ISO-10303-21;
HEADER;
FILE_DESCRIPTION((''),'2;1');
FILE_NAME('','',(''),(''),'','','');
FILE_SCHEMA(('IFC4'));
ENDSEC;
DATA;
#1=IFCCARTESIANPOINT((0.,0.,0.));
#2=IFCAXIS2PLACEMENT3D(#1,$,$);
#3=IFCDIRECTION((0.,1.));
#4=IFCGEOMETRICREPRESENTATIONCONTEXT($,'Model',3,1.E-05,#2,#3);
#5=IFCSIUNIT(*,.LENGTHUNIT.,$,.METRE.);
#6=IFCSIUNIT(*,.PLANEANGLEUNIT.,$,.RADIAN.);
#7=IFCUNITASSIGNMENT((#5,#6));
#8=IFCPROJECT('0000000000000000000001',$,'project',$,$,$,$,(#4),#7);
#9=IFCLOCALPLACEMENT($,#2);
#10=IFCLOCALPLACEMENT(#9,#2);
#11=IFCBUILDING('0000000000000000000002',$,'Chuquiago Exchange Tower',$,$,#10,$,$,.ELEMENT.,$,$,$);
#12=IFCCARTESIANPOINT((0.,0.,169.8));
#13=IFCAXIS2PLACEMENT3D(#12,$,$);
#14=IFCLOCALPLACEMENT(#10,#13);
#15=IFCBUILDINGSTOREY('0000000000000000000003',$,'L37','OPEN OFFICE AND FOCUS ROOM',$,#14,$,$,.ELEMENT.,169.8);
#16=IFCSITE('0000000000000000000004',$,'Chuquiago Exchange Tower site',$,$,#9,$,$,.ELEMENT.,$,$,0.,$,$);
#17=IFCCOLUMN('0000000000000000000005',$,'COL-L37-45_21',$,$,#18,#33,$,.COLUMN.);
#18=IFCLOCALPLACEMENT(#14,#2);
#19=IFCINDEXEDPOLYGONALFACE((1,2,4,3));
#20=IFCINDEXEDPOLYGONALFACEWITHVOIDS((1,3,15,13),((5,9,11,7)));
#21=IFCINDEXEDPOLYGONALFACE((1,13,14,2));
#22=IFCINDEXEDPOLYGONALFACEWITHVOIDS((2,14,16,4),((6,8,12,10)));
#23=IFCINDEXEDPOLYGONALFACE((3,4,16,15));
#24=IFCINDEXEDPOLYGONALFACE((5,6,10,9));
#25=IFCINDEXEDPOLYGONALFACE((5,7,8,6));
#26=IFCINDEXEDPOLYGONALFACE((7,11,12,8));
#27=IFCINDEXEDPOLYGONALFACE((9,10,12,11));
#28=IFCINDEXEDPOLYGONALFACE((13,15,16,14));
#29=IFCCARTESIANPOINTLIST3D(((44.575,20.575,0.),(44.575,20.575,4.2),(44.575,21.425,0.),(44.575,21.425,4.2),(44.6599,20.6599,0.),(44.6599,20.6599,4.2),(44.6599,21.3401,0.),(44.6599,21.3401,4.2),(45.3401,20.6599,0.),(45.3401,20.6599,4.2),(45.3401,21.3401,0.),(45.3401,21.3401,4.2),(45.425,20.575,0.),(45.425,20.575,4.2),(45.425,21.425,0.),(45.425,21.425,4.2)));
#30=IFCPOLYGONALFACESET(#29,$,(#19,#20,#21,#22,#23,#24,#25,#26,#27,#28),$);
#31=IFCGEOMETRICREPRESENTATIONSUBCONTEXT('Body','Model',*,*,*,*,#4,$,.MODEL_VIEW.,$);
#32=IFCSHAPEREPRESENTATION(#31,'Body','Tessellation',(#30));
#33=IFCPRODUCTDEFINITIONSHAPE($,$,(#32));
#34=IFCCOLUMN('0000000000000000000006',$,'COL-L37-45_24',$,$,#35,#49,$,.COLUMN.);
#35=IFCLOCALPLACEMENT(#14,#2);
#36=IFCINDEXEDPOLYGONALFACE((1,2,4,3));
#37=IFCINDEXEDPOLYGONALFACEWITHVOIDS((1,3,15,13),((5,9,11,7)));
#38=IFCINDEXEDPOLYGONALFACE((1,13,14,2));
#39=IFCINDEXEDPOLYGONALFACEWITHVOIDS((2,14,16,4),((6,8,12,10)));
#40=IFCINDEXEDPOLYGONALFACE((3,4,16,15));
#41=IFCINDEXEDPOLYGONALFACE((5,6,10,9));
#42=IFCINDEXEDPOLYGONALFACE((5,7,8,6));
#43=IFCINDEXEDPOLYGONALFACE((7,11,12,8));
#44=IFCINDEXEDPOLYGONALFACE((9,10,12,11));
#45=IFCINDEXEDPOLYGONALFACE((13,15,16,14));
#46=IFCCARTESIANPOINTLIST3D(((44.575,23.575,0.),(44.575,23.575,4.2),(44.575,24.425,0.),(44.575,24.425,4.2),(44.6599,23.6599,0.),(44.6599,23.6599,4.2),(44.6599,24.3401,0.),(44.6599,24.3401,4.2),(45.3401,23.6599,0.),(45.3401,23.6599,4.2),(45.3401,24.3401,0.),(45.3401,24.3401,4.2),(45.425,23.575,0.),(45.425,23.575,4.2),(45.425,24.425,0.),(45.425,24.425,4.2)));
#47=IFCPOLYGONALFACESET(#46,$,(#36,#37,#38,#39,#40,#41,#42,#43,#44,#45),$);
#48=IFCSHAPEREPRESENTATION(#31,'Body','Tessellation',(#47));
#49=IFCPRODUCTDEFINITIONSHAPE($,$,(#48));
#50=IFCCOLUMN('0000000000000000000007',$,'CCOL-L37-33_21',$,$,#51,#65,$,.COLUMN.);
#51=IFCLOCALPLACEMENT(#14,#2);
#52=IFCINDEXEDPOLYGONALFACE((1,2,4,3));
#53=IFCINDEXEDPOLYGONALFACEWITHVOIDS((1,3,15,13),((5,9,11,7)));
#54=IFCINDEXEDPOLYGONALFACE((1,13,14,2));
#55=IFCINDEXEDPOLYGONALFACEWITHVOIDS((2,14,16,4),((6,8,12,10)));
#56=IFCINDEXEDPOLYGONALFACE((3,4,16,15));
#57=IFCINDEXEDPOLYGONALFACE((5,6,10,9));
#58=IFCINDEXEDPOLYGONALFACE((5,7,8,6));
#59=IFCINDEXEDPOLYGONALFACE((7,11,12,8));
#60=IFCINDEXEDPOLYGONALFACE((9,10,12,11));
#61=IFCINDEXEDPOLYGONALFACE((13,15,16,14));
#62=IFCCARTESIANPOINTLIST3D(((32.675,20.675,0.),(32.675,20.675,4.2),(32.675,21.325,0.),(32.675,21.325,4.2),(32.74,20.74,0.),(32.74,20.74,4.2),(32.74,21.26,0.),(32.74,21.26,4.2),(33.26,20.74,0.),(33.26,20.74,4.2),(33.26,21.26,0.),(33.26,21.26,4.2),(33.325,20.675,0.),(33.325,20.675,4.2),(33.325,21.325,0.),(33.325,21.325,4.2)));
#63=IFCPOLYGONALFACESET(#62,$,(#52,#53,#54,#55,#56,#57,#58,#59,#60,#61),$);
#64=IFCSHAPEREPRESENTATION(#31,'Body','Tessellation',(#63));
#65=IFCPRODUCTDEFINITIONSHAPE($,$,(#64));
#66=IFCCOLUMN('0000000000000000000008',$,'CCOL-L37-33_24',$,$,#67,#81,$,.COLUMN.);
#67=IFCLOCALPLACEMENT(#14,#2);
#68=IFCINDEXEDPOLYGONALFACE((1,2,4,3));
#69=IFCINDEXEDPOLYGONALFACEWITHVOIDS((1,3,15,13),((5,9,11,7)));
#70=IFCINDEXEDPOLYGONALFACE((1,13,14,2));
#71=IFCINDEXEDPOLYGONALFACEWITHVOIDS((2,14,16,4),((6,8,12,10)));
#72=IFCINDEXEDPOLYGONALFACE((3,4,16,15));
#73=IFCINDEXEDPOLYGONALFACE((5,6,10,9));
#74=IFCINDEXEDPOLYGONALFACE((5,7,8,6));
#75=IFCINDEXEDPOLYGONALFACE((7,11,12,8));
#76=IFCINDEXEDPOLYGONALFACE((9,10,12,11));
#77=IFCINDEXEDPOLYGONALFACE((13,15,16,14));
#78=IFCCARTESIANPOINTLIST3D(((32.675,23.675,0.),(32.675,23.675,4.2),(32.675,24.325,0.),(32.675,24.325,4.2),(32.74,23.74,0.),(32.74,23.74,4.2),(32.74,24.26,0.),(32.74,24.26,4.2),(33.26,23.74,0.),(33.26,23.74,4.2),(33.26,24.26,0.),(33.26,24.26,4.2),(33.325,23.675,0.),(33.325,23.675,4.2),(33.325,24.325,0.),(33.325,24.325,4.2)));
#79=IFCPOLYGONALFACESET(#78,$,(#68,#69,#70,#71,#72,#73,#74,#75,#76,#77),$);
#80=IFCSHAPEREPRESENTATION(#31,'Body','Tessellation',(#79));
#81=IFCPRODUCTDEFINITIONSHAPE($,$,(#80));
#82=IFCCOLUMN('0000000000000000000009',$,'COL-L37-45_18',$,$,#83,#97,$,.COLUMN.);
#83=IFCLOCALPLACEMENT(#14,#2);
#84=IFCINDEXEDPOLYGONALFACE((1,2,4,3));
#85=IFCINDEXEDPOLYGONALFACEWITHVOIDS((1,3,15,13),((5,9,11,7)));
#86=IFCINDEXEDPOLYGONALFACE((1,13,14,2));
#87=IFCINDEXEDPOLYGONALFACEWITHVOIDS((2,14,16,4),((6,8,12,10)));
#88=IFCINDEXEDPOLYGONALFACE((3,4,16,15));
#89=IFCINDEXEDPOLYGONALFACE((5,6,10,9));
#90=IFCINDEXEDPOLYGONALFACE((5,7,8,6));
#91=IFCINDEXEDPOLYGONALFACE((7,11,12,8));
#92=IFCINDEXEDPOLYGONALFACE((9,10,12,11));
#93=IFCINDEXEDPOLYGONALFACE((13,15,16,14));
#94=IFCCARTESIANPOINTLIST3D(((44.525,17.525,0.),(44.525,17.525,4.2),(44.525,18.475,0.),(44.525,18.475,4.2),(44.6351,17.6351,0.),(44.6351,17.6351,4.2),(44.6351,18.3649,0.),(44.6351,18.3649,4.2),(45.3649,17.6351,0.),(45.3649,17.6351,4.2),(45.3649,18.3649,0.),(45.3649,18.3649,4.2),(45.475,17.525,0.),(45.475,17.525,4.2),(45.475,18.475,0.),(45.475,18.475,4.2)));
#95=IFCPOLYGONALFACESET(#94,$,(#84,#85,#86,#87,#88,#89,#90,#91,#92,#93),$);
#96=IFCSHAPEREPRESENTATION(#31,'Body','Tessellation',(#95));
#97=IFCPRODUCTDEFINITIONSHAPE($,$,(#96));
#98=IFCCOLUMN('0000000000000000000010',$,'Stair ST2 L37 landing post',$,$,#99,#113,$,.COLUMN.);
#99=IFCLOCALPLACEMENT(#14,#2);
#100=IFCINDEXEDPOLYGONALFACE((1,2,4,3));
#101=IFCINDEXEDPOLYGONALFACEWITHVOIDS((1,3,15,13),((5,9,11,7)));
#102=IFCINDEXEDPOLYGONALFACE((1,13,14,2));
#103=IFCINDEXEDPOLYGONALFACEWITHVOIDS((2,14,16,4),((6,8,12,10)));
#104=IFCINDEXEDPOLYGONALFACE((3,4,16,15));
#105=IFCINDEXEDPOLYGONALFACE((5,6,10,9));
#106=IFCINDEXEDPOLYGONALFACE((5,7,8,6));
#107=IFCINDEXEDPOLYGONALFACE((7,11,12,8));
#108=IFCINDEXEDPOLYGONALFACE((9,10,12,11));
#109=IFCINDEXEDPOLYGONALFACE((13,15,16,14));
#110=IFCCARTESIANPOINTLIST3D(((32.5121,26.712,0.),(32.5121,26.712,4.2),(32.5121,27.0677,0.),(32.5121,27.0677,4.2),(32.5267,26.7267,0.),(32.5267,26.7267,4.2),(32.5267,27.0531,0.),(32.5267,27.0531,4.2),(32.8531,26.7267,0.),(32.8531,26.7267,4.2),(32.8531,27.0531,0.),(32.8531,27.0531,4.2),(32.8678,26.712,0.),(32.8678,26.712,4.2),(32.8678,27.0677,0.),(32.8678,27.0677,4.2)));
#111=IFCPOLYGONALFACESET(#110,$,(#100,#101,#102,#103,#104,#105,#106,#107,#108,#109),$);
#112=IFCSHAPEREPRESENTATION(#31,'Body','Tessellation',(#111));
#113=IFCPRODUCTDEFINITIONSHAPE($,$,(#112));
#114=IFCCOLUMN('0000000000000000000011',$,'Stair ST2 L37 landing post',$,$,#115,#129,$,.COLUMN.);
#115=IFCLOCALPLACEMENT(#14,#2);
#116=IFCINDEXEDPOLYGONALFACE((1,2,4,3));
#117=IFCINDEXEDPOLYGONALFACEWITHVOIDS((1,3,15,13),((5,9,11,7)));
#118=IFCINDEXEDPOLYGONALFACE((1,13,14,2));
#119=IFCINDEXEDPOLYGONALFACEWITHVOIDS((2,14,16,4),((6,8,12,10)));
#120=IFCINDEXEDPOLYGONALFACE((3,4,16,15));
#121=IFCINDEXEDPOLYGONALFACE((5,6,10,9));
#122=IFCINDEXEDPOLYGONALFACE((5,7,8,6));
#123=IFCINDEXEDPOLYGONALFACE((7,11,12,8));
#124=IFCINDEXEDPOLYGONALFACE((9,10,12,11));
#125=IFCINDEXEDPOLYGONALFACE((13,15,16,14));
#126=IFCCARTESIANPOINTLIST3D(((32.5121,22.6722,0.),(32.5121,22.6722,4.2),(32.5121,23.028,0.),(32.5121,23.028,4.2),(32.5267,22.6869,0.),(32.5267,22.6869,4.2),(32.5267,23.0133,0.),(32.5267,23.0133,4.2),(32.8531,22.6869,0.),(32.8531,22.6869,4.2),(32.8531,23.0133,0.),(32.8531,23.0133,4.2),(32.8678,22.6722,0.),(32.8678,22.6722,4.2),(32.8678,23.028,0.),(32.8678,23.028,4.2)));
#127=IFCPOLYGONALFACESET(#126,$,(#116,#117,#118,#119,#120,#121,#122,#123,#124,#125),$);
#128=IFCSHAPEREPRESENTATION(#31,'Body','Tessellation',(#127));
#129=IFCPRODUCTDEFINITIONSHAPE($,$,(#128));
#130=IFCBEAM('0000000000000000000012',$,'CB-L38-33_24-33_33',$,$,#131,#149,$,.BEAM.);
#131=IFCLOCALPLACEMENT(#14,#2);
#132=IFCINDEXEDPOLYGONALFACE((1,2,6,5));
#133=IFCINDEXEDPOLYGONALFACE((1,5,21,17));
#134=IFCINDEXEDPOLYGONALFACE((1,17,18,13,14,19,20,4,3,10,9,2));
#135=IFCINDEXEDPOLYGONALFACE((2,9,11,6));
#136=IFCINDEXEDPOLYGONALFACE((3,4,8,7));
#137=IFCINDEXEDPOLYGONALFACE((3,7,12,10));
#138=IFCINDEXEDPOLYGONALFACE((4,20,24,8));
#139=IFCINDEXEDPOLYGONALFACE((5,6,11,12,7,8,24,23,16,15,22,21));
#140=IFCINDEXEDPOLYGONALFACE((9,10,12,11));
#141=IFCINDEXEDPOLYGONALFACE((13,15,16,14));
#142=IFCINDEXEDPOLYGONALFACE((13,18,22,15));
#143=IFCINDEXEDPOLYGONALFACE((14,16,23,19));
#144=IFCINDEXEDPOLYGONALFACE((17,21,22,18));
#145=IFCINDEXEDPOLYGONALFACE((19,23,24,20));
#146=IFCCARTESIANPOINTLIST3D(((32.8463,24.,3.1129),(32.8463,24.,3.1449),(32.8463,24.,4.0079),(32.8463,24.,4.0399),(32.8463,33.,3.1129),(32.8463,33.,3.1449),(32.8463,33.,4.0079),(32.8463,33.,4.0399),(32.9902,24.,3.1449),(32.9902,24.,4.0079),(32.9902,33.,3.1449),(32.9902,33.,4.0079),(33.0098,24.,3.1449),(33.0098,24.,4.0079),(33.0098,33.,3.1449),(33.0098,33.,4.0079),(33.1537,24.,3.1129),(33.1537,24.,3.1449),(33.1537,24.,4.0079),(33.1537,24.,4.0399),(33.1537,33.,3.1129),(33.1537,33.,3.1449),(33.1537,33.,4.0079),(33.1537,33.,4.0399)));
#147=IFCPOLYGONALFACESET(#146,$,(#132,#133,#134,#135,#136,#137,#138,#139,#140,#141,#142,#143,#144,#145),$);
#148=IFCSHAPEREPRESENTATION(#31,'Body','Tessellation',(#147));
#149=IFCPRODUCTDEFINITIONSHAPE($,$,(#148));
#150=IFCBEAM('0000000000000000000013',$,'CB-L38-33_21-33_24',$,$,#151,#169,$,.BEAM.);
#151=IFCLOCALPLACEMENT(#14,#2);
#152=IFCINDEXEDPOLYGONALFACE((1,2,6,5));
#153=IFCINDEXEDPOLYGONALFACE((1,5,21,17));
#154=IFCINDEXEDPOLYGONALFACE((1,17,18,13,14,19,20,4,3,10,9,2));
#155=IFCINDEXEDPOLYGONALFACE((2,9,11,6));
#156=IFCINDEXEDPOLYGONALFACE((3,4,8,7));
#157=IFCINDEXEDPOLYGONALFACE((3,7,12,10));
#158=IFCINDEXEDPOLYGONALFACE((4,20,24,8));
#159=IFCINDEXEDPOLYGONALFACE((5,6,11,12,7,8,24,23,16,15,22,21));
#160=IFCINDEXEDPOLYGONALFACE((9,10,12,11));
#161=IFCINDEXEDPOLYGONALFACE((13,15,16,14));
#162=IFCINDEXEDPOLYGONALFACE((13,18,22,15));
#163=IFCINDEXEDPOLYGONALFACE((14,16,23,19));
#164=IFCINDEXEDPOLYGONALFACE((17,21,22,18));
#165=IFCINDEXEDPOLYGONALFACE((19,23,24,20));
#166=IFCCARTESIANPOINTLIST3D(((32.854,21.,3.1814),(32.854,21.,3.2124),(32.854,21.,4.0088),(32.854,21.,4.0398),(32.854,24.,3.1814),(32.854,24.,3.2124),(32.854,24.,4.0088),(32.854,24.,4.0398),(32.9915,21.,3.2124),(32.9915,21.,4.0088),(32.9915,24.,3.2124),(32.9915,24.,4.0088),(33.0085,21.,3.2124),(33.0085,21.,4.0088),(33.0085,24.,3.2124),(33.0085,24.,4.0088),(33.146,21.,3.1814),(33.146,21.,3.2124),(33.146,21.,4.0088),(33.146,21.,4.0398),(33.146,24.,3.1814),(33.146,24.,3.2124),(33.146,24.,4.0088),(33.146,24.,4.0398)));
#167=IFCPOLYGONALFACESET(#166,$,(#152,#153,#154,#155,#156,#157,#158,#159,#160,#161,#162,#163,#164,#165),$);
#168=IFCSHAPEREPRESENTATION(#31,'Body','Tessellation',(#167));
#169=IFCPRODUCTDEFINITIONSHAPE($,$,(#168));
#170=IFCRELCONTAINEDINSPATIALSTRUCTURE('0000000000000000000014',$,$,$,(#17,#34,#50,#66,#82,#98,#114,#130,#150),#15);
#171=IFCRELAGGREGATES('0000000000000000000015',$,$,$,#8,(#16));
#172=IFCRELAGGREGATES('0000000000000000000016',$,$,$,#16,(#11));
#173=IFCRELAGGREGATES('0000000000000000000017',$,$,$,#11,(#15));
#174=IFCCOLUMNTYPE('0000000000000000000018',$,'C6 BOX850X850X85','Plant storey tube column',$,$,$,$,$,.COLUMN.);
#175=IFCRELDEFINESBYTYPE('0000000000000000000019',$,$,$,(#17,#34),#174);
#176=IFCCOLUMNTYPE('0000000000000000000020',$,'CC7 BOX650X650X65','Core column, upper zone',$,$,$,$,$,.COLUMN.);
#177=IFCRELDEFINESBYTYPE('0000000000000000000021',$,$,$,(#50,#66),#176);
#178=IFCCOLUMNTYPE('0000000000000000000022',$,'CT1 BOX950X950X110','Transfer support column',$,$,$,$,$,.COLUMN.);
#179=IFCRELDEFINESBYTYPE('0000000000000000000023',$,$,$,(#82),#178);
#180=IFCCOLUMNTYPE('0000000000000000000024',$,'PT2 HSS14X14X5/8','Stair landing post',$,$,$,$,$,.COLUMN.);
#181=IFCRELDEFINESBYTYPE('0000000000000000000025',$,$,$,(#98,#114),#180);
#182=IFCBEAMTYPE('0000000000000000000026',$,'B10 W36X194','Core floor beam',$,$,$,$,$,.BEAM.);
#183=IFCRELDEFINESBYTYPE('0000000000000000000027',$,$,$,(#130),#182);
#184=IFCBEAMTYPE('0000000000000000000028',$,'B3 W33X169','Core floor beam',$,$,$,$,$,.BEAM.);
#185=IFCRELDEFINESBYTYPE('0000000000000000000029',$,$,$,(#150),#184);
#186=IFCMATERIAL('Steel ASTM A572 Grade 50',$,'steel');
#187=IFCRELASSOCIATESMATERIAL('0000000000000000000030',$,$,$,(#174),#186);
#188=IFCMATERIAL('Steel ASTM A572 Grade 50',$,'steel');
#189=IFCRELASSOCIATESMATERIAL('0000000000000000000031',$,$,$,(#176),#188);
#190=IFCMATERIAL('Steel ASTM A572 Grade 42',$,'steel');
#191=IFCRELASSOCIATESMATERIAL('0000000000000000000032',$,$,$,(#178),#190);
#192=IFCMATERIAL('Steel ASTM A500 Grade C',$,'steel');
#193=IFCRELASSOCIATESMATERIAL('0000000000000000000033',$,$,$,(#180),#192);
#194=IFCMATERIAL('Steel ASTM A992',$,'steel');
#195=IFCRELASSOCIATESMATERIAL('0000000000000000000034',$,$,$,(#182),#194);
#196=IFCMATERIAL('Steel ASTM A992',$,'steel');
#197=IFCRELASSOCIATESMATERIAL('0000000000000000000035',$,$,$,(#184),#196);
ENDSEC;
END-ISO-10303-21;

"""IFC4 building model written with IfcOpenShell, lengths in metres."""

from ifc_helpers import new_model, si_unit, direction, frame, origin, origin_2d, place, context, subcontext, project, spatial, hollow_rectangle, i_section, extrude, material, material_profile, profile_set, type_object, element, save


model = new_model("IFC4")

# Units and contexts
model_context = context("Model", 3, precision=1e-05, world=origin(), true_north=direction((0.0, 1.0)))
body_context = subcontext(model_context, "Body", "Model", "MODEL_VIEW")
ifc_project = project(units=[si_unit("LENGTHUNIT", "METRE"), si_unit("PLANEANGLEUNIT", "RADIAN")], contexts=[model_context])

# Site, building, storey
site_placement = place(None, origin())
site = spatial("IfcSite", under=ifc_project, at=site_placement, Name="Chuquiago Exchange Tower site", CompositionType="ELEMENT", RefElevation=0.0)
building_placement = place(site_placement, origin())
building = spatial("IfcBuilding", under=site, at=building_placement, Name="Chuquiago Exchange Tower", CompositionType="ELEMENT")
storey_placement = place(building_placement, frame((0.0, 0.0, 169.8)))
storey = spatial("IfcBuildingStorey", under=building, at=storey_placement, Name="L37", Description="OPEN OFFICE AND FOCUS ROOM", CompositionType="ELEMENT", Elevation=169.8)

# Columns
ifc_material_1 = material(Name="Steel ASTM A572 Grade 50", Category="steel")
ifc_material_profile_1 = material_profile(ifc_material_1, hollow_rectangle(XDim=0.8501, YDim=0.8501, WallThickness=0.085, at=origin_2d()), Name="BOX850X850X85")
ifc_profile_set_1 = profile_set([ifc_material_profile_1], Name="Steel ASTM A572 Grade 50")
column_type_1 = type_object("IfcColumnType", Name="C6 BOX850X850X85", Description="Plant storey tube column", PredefinedType="COLUMN", material=ifc_profile_set_1)
for number, where, z_axis, x_axis, name in (
    (1, (45.0, 21.0, 0.0), (0.0, 0.0, 1.0), (1.0, 0.0, 0.0), "COL-L37-45_21"),
    (2, (45.0, 24.0, 0.0), (0.0, 0.0, 1.0), (1.0, 0.0, 0.0), "COL-L37-45_24"),
):
    element("IfcColumn", number, at=place(storey_placement, frame(where, z_axis=z_axis, x_axis=x_axis)), inside=storey, type_object=column_type_1, Name=name, PredefinedType="COLUMN", context=body_context, shape_type="SweptSolid", body=[
        extrude(hollow_rectangle(XDim=0.8501, YDim=0.8501, WallThickness=0.085, at=origin_2d()), origin(), (0.0, 0.0, 1.0), 4.2),
    ])
ifc_material_2 = material(Name="Steel ASTM A572 Grade 50", Category="steel")
ifc_material_profile_2 = material_profile(ifc_material_2, hollow_rectangle(XDim=0.6499, YDim=0.6499, WallThickness=0.0649, at=origin_2d()), Name="BOX650X650X65")
ifc_profile_set_2 = profile_set([ifc_material_profile_2], Name="Steel ASTM A572 Grade 50")
column_type_2 = type_object("IfcColumnType", Name="CC7 BOX650X650X65", Description="Core column, upper zone", PredefinedType="COLUMN", material=ifc_profile_set_2)
for number, where, z_axis, x_axis, name in (
    (3, (33.0, 21.0, 0.0), (0.0, 0.0, 1.0), (1.0, 0.0, 0.0), "CCOL-L37-33_21"),
    (4, (33.0, 24.0, 0.0), (0.0, 0.0, 1.0), (1.0, 0.0, 0.0), "CCOL-L37-33_24"),
):
    element("IfcColumn", number, at=place(storey_placement, frame(where, z_axis=z_axis, x_axis=x_axis)), inside=storey, type_object=column_type_2, Name=name, PredefinedType="COLUMN", context=body_context, shape_type="SweptSolid", body=[
        extrude(hollow_rectangle(XDim=0.6499, YDim=0.6499, WallThickness=0.0649, at=origin_2d()), origin(), (0.0, 0.0, 1.0), 4.2),
    ])
ifc_material_3 = material(Name="Steel ASTM A572 Grade 42", Category="steel")
ifc_material_profile_3 = material_profile(ifc_material_3, hollow_rectangle(XDim=0.95, YDim=0.95, WallThickness=0.1101, at=origin_2d()), Name="BOX950X950X110")
ifc_profile_set_3 = profile_set([ifc_material_profile_3], Name="Steel ASTM A572 Grade 42")
column_type_3 = type_object("IfcColumnType", Name="CT1 BOX950X950X110", Description="Transfer support column", PredefinedType="COLUMN", material=ifc_profile_set_3)
column_placement = place(storey_placement, frame((45.0, 18.0, 0.0), z_axis=(0.0, 0.0, 1.0), x_axis=(1.0, 0.0, 0.0)))
element("IfcColumn", 5, at=column_placement, inside=storey, type_object=column_type_3, Name="COL-L37-45_18", PredefinedType="COLUMN", context=body_context, shape_type="SweptSolid", body=[
    extrude(hollow_rectangle(XDim=0.95, YDim=0.95, WallThickness=0.1101, at=origin_2d()), origin(), (0.0, 0.0, 1.0), 4.2),
])
ifc_material_4 = material(Name="Steel ASTM A500 Grade C", Category="steel")
ifc_material_profile_4 = material_profile(ifc_material_4, hollow_rectangle(XDim=0.3557, YDim=0.3557, WallThickness=0.0146, at=origin_2d()), Name="HSS14X14X5/8")
ifc_profile_set_4 = profile_set([ifc_material_profile_4], Name="Steel ASTM A500 Grade C")
column_type_4 = type_object("IfcColumnType", Name="PT2 HSS14X14X5/8", Description="Stair landing post", PredefinedType="COLUMN", material=ifc_profile_set_4)
for number, where, z_axis, x_axis, name in (
    (6, (32.6899, 26.8899, 0.0), (0.0, 0.0, 1.0), (1.0, 0.0, 0.0), "Stair ST2 L37 landing post"),
    (7, (32.6899, 22.8501, 0.0), (0.0, 0.0, 1.0), (1.0, 0.0, 0.0), "Stair ST2 L37 landing post"),
):
    element("IfcColumn", number, at=place(storey_placement, frame(where, z_axis=z_axis, x_axis=x_axis)), inside=storey, type_object=column_type_4, Name=name, PredefinedType="COLUMN", context=body_context, shape_type="SweptSolid", body=[
        extrude(hollow_rectangle(XDim=0.3557, YDim=0.3557, WallThickness=0.0146, at=origin_2d()), origin(), (0.0, 0.0, 1.0), 4.2),
    ])

# Beams
ifc_material_5 = material(Name="Steel ASTM A992", Category="steel")
ifc_material_profile_5 = material_profile(ifc_material_5, i_section(OverallWidth=0.3074, OverallDepth=0.927, WebThickness=0.0195, FlangeThickness=0.032, at=origin_2d()), Name="W36X194")
ifc_profile_set_5 = profile_set([ifc_material_profile_5], Name="Steel ASTM A992")
beam_type_1 = type_object("IfcBeamType", Name="B10 W36X194", Description="Core floor beam", PredefinedType="BEAM", material=ifc_profile_set_5)
beam_1_placement = place(storey_placement, frame((33.0, 24.0, 3.5764), z_axis=(0.0, 1.0, 0.0), x_axis=(-1.0, 0.0, 0.0)))
element("IfcBeam", 8, at=beam_1_placement, inside=storey, type_object=beam_type_1, Name="CB-L38-33_24-33_33", PredefinedType="BEAM", context=body_context, shape_type="SweptSolid", body=[
    extrude(i_section(OverallWidth=0.3074, OverallDepth=0.927, WebThickness=0.0195, FlangeThickness=0.032, at=origin_2d()), origin(), (0.0, 0.0, 1.0), 9.0),
])
ifc_material_6 = material(Name="Steel ASTM A992", Category="steel")
ifc_material_profile_6 = material_profile(ifc_material_6, i_section(OverallWidth=0.292, OverallDepth=0.8584, WebThickness=0.0171, FlangeThickness=0.031, at=origin_2d()), Name="W33X169")
ifc_profile_set_6 = profile_set([ifc_material_profile_6], Name="Steel ASTM A992")
beam_type_2 = type_object("IfcBeamType", Name="B3 W33X169", Description="Core floor beam", PredefinedType="BEAM", material=ifc_profile_set_6)
beam_2_placement = place(storey_placement, frame((33.0, 21.0, 3.6106), z_axis=(0.0, 1.0, 0.0), x_axis=(-1.0, 0.0, 0.0)))
element("IfcBeam", 9, at=beam_2_placement, inside=storey, type_object=beam_type_2, Name="CB-L38-33_21-33_24", PredefinedType="BEAM", context=body_context, shape_type="SweptSolid", body=[
    extrude(i_section(OverallWidth=0.292, OverallDepth=0.8584, WebThickness=0.0171, FlangeThickness=0.031, at=origin_2d()), origin(), (0.0, 0.0, 1.0), 3.0),
])

save(model, "model.ifc")
